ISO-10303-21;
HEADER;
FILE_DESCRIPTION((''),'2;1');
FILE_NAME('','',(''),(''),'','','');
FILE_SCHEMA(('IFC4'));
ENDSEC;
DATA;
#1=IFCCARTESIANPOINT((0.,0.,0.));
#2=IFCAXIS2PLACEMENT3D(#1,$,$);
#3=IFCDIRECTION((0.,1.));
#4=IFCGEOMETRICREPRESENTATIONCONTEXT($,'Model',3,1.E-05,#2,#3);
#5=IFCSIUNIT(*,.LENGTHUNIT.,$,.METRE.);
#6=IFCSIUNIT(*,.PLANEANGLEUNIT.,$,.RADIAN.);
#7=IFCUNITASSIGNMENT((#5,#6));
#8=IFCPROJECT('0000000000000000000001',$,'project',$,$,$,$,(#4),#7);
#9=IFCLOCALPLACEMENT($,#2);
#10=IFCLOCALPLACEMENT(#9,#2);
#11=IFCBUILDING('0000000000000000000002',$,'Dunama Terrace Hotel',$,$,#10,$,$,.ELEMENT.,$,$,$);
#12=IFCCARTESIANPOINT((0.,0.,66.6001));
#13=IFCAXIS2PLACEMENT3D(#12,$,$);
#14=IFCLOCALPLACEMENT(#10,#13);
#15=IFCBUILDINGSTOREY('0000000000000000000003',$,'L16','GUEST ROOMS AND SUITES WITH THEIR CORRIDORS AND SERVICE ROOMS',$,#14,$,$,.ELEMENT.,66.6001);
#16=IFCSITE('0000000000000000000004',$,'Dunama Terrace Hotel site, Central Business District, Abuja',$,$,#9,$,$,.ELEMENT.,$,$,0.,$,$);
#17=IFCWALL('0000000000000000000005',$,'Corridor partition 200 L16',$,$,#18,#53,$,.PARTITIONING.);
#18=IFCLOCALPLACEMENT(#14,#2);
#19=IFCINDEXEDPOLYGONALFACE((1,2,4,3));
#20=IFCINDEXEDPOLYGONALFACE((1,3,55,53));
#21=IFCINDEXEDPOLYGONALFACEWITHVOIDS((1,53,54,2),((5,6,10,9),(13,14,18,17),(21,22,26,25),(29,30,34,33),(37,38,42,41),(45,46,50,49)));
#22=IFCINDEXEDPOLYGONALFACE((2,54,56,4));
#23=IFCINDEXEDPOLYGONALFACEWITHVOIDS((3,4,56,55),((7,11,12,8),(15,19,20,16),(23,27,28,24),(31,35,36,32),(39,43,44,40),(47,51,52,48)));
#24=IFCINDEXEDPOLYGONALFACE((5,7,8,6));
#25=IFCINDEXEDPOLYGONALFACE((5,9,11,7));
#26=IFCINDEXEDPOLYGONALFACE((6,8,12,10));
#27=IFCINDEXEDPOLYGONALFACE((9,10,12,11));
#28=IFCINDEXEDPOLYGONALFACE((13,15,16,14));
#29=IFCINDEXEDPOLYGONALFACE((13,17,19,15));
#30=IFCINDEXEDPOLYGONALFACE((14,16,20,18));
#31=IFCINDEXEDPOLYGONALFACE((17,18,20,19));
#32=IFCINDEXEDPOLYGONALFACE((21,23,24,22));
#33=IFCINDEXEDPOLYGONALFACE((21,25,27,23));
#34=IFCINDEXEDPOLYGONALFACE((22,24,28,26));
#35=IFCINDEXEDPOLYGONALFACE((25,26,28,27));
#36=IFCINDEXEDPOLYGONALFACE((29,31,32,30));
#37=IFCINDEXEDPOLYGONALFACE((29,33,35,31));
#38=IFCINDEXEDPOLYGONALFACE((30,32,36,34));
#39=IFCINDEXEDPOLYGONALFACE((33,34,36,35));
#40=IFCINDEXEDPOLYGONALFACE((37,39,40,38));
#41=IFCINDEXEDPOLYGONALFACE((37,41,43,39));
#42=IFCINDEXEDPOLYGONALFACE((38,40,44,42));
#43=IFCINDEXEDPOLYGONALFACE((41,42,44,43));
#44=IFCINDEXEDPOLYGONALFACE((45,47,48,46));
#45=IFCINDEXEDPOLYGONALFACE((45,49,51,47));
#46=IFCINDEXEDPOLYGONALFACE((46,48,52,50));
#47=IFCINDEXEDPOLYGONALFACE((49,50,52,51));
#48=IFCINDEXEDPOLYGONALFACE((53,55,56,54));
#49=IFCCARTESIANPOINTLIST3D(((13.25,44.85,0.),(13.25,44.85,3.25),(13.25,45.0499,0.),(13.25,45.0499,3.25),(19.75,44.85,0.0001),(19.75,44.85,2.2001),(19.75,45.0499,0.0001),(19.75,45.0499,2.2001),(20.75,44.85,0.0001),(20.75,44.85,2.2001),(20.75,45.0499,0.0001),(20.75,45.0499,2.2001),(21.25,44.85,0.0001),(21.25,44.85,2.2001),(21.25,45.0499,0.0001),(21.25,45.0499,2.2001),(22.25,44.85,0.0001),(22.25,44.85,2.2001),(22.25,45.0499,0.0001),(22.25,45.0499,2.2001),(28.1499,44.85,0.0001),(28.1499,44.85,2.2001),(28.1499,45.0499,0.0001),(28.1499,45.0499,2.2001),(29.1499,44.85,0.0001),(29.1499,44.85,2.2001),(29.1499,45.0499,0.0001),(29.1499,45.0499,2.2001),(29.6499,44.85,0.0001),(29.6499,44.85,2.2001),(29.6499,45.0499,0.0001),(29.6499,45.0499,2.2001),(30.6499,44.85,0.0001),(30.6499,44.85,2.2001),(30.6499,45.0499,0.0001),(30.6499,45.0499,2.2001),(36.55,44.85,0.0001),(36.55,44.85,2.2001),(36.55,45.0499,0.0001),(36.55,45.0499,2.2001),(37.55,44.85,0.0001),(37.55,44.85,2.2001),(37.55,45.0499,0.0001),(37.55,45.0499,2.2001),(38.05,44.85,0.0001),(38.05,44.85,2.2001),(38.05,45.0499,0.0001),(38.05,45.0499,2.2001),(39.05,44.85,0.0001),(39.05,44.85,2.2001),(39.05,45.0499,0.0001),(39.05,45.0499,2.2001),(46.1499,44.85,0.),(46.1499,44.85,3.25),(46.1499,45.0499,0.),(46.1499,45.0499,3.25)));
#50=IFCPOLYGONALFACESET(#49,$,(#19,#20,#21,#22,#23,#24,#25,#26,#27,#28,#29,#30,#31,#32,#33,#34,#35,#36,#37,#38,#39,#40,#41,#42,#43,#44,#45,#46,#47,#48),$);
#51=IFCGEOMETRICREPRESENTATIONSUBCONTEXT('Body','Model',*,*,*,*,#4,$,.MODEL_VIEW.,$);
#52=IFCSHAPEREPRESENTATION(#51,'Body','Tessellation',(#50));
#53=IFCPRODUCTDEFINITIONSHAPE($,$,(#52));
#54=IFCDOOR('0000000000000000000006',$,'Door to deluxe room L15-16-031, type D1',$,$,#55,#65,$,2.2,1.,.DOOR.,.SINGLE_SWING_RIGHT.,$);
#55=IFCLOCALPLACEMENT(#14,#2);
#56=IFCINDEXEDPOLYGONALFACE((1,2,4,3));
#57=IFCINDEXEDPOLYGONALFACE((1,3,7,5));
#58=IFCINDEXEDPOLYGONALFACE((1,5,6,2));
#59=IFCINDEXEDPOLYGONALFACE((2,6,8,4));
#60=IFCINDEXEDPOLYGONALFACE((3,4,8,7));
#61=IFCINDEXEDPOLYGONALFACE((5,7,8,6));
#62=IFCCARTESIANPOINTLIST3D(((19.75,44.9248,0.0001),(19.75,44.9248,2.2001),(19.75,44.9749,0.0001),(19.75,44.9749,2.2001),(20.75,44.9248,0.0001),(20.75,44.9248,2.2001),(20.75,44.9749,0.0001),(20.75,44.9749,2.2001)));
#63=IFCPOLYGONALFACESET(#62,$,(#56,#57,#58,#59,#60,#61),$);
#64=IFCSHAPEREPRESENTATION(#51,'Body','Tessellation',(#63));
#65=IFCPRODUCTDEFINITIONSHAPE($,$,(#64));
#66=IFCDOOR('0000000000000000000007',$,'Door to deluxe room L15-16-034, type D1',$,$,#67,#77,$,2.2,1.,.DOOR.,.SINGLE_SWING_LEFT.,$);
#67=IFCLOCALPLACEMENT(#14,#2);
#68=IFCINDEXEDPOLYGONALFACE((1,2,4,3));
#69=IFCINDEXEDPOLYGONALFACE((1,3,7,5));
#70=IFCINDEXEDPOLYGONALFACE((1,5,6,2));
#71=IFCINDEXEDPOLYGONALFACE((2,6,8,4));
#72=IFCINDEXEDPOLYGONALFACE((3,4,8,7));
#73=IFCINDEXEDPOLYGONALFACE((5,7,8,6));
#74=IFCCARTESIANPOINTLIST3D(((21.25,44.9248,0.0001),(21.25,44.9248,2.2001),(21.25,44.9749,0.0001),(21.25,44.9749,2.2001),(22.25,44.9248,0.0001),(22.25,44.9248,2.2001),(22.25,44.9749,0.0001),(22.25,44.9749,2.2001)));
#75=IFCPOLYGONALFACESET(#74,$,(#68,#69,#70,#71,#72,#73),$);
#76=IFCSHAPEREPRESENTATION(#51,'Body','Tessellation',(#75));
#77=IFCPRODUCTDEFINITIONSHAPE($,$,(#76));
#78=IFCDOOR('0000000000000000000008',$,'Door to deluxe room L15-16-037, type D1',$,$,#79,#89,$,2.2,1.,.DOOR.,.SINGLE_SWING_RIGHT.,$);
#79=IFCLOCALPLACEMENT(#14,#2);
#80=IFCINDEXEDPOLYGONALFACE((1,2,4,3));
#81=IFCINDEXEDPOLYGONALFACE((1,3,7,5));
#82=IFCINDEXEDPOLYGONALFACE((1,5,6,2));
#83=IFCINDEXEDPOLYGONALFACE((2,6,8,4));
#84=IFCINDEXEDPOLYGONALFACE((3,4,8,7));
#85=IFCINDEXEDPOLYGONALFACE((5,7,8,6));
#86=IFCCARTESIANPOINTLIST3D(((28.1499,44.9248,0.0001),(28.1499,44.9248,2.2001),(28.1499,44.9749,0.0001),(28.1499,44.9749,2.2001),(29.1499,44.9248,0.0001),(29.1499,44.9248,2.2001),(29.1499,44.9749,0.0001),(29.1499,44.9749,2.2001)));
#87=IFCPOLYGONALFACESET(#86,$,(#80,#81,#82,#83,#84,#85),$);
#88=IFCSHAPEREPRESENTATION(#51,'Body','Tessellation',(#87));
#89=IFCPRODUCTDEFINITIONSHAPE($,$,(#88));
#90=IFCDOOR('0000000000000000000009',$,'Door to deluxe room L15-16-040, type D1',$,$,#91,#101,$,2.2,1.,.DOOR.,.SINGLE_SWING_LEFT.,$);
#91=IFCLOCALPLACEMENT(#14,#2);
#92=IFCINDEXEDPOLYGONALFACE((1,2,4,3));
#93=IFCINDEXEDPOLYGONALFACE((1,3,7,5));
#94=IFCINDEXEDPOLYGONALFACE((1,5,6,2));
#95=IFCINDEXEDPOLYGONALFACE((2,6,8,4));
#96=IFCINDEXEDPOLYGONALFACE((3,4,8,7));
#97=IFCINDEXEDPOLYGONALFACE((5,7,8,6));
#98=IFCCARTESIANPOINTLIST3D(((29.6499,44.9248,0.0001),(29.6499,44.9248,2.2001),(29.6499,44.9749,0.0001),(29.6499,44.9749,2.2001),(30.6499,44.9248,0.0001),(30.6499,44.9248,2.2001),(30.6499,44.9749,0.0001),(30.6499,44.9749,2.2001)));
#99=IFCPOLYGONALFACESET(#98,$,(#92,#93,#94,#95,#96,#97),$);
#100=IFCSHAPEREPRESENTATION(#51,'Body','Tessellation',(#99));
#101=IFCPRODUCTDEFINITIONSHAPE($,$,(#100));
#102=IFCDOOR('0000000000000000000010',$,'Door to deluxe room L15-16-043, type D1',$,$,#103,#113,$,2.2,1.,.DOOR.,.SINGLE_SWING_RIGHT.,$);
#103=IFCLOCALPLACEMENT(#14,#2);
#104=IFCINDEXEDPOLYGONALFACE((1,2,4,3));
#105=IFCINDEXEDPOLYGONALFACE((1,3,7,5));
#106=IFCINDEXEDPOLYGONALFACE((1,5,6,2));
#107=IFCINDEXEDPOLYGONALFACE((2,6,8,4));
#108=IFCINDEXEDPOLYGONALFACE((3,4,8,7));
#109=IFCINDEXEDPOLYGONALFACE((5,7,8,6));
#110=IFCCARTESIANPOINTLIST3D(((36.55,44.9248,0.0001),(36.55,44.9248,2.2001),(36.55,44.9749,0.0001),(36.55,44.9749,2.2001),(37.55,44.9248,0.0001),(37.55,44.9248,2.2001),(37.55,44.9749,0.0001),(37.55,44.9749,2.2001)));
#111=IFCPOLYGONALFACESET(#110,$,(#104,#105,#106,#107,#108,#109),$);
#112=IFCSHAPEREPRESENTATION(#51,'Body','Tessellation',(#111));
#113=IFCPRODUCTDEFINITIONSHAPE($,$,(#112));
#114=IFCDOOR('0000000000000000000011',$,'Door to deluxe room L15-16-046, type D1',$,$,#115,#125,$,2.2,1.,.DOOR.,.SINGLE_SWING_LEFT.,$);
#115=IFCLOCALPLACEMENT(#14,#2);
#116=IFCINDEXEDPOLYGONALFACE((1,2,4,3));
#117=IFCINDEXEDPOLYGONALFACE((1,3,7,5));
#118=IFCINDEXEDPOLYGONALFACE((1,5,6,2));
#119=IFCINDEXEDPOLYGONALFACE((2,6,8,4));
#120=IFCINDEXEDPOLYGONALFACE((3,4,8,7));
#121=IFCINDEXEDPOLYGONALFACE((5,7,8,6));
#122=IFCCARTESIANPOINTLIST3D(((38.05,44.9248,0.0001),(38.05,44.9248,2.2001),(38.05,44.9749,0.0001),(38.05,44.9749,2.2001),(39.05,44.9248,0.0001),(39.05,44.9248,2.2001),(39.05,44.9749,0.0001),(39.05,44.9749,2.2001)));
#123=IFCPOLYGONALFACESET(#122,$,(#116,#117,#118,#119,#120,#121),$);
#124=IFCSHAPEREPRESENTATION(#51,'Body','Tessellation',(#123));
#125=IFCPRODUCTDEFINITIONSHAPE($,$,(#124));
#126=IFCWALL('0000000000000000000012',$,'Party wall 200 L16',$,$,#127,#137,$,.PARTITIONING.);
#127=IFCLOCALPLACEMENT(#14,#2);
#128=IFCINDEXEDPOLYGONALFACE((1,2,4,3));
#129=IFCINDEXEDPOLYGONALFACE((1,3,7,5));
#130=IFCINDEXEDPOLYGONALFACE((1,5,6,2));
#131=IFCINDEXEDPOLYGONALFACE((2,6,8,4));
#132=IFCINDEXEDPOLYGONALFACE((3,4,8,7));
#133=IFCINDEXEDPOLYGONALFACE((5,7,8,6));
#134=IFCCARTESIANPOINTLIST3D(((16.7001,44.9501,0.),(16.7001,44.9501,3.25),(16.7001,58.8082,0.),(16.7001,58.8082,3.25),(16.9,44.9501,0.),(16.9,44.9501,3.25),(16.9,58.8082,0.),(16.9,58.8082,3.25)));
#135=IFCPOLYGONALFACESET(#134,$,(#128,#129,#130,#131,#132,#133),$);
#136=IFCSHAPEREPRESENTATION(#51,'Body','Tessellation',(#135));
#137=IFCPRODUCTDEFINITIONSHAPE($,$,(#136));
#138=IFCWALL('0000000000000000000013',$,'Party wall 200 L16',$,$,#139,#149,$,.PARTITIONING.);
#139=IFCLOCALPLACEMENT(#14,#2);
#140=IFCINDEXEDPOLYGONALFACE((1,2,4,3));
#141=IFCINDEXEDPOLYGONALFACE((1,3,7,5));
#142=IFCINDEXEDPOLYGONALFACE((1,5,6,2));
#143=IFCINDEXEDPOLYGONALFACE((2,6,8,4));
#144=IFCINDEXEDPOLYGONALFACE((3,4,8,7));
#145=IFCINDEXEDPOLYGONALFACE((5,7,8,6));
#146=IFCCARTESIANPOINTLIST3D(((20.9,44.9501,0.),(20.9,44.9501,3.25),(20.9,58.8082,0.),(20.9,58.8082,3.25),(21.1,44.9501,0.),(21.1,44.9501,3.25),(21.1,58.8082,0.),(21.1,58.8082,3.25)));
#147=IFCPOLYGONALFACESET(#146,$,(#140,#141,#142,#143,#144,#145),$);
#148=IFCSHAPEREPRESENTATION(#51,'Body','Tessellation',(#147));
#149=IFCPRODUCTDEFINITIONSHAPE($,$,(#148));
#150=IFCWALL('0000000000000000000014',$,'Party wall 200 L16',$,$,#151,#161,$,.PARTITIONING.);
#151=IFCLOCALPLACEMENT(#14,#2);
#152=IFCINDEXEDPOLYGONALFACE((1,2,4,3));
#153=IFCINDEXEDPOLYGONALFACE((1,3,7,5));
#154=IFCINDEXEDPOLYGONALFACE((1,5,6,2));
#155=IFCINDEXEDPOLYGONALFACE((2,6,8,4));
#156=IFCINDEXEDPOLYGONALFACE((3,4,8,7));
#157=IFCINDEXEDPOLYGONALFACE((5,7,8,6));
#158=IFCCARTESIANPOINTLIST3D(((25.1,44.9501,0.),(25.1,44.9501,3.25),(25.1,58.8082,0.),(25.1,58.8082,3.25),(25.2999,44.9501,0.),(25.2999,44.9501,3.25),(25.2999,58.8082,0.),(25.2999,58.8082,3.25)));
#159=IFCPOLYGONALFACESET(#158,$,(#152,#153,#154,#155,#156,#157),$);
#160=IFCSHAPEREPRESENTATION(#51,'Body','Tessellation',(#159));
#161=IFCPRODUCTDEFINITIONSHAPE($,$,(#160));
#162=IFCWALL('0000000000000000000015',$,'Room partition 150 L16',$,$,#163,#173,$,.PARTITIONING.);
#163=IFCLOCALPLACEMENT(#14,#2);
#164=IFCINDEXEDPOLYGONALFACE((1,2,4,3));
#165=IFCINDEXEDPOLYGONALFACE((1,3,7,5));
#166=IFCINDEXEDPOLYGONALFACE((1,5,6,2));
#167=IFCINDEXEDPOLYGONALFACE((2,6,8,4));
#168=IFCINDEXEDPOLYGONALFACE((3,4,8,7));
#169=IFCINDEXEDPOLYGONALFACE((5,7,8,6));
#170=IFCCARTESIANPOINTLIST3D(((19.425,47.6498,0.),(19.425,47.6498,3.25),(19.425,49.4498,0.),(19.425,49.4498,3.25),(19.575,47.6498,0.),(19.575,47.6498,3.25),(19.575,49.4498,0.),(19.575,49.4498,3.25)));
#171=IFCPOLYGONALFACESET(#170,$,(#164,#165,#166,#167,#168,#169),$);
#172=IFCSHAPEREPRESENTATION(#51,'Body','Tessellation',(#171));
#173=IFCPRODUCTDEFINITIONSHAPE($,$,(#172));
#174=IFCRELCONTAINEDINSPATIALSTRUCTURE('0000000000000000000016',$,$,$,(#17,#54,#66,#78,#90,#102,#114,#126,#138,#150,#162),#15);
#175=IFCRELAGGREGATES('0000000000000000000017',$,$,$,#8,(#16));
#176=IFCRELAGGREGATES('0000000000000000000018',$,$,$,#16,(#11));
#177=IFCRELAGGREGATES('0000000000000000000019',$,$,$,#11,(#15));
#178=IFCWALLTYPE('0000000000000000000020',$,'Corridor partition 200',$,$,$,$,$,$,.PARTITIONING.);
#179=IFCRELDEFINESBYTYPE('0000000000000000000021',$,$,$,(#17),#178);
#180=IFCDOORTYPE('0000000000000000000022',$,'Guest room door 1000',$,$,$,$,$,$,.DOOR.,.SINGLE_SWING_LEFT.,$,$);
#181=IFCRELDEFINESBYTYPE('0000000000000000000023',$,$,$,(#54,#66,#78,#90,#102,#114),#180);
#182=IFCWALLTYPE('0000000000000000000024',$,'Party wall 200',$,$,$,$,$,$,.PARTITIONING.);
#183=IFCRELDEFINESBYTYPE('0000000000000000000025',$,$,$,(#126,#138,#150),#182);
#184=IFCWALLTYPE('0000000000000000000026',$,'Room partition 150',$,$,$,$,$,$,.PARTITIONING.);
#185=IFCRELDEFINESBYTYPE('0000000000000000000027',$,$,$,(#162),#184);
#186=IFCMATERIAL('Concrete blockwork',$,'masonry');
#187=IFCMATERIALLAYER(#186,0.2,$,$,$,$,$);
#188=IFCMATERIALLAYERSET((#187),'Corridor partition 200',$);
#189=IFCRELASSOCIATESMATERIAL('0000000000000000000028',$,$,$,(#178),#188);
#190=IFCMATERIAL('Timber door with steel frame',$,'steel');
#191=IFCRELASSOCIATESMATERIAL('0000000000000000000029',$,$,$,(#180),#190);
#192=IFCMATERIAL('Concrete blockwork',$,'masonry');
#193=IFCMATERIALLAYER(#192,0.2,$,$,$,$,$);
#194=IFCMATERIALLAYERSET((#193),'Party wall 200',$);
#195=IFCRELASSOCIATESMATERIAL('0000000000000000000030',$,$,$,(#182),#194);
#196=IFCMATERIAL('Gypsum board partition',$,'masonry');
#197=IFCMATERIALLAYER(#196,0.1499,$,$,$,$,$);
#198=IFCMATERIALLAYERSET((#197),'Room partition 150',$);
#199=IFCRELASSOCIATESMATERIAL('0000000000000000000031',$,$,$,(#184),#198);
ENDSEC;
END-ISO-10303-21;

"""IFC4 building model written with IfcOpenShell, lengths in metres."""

from ifc_helpers import new_model, si_unit, direction, frame, frame_2d, origin, place, context, subcontext, project, spatial, rectangle, extrude, material, layer, layer_set, type_object, element, fill, save


model = new_model("IFC4")

# Units and contexts
model_context = context("Model", 3, precision=1e-05, world=origin(), true_north=direction((0.0, 1.0)))
body_context = subcontext(model_context, "Body", "Model", "MODEL_VIEW")
ifc_project = project(units=[si_unit("LENGTHUNIT", "METRE"), si_unit("PLANEANGLEUNIT", "RADIAN")], contexts=[model_context])

# Site, building, storey
site_placement = place(None, origin())
site = spatial("IfcSite", under=ifc_project, at=site_placement, Name="Dunama Terrace Hotel site, Central Business District, Abuja", CompositionType="ELEMENT", RefElevation=0.0)
building_placement = place(site_placement, origin())
building = spatial("IfcBuilding", under=site, at=building_placement, Name="Dunama Terrace Hotel", CompositionType="ELEMENT")
storey_placement = place(building_placement, frame((0.0, 0.0, 66.6001)))
storey = spatial("IfcBuildingStorey", under=building, at=storey_placement, Name="L16", Description="GUEST ROOMS AND SUITES WITH THEIR CORRIDORS AND SERVICE ROOMS", CompositionType="ELEMENT", Elevation=66.6001)

# Wall, openings, doors
ifc_material_1 = material(Name="Concrete blockwork", Category="masonry")
ifc_layer_1 = layer(ifc_material_1, 0.2)
ifc_layer_set_1 = layer_set([ifc_layer_1], Name="Corridor partition 200")
wall_type_1 = type_object("IfcWallType", Name="Corridor partition 200", PredefinedType="PARTITIONING", material=ifc_layer_set_1)
wall_1_placement = place(storey_placement, frame((13.25, 44.95, 0.0), z_axis=(0.0, 0.0, 1.0), x_axis=(1.0, 0.0, 0.0)))
wall_1 = element("IfcWall", 1, at=wall_1_placement, inside=storey, type_object=wall_type_1, Name="Corridor partition 200 L16", PredefinedType="PARTITIONING", context=body_context, shape_type="SweptSolid", body=[
    extrude(rectangle(XDim=32.8999, YDim=0.2, at=frame_2d((16.45, 0.0))), origin(), (0.0, 0.0, 1.0), 3.25),
])
opening_1_placement = place(wall_1_placement, frame((6.5, 0.0, 0.0)))
opening_1 = element("IfcOpeningElement", 2, at=opening_1_placement, cuts=wall_1, PredefinedType="OPENING", context=body_context, shape_type="SweptSolid", body=[
    extrude(rectangle(XDim=1.0, YDim=2.2, at=frame_2d((0.5, 1.1001))), frame((0.0, 0.1099, 0.0), z_axis=(0.0, -1.0, 0.0), x_axis=(1.0, 0.0, 0.0)), (0.0, 0.0, 1.0), 0.22),
])
opening_2_placement = place(wall_1_placement, frame((8.0, 0.0, 0.0)))
opening_2 = element("IfcOpeningElement", 3, at=opening_2_placement, cuts=wall_1, PredefinedType="OPENING", context=body_context, shape_type="SweptSolid", body=[
    extrude(rectangle(XDim=1.0, YDim=2.2, at=frame_2d((0.5, 1.1001))), frame((0.0, 0.1099, 0.0), z_axis=(0.0, -1.0, 0.0), x_axis=(1.0, 0.0, 0.0)), (0.0, 0.0, 1.0), 0.22),
])
opening_3_placement = place(wall_1_placement, frame((14.8999, 0.0, 0.0)))
opening_3 = element("IfcOpeningElement", 4, at=opening_3_placement, cuts=wall_1, PredefinedType="OPENING", context=body_context, shape_type="SweptSolid", body=[
    extrude(rectangle(XDim=1.0, YDim=2.2, at=frame_2d((0.5, 1.1001))), frame((0.0, 0.1099, 0.0), z_axis=(0.0, -1.0, 0.0), x_axis=(1.0, 0.0, 0.0)), (0.0, 0.0, 1.0), 0.22),
])
opening_4_placement = place(wall_1_placement, frame((16.3999, 0.0, 0.0)))
opening_4 = element("IfcOpeningElement", 5, at=opening_4_placement, cuts=wall_1, PredefinedType="OPENING", context=body_context, shape_type="SweptSolid", body=[
    extrude(rectangle(XDim=1.0, YDim=2.2, at=frame_2d((0.5, 1.1001))), frame((0.0, 0.1099, 0.0), z_axis=(0.0, -1.0, 0.0), x_axis=(1.0, 0.0, 0.0)), (0.0, 0.0, 1.0), 0.22),
])
opening_5_placement = place(wall_1_placement, frame((23.3, 0.0, 0.0)))
opening_5 = element("IfcOpeningElement", 6, at=opening_5_placement, cuts=wall_1, PredefinedType="OPENING", context=body_context, shape_type="SweptSolid", body=[
    extrude(rectangle(XDim=1.0, YDim=2.2, at=frame_2d((0.5, 1.1001))), frame((0.0, 0.1099, 0.0), z_axis=(0.0, -1.0, 0.0), x_axis=(1.0, 0.0, 0.0)), (0.0, 0.0, 1.0), 0.22),
])
opening_6_placement = place(wall_1_placement, frame((24.8, 0.0, 0.0)))
opening_6 = element("IfcOpeningElement", 7, at=opening_6_placement, cuts=wall_1, PredefinedType="OPENING", context=body_context, shape_type="SweptSolid", body=[
    extrude(rectangle(XDim=1.0, YDim=2.2, at=frame_2d((0.5, 1.1001))), frame((0.0, 0.1099, 0.0), z_axis=(0.0, -1.0, 0.0), x_axis=(1.0, 0.0, 0.0)), (0.0, 0.0, 1.0), 0.22),
])
ifc_material_2 = material(Name="Timber door with steel frame", Category="steel")
door_type_1 = type_object("IfcDoorType", Name="Guest room door 1000", OperationType="SINGLE_SWING_LEFT", PredefinedType="DOOR", material=ifc_material_2)
door_1_placement = place(opening_1_placement, origin())
door_1 = element("IfcDoor", 8, at=door_1_placement, inside=storey, type_object=door_type_1, Name="Door to deluxe room L15-16-031, type D1", OperationType="SINGLE_SWING_RIGHT", OverallHeight=2.2, OverallWidth=1.0, PredefinedType="DOOR", context=body_context, shape_type="SweptSolid", body=[
    extrude(rectangle(XDim=1.0, YDim=2.2, at=frame_2d((0.5, 1.1001))), frame((0.0, 0.0249, 0.0), z_axis=(0.0, -1.0, 0.0), x_axis=(1.0, 0.0, 0.0)), (0.0, 0.0, 1.0), 0.05),
])
fill(opening_1, door_1)
door_2_placement = place(opening_2_placement, origin())
door_2 = element("IfcDoor", 9, at=door_2_placement, inside=storey, type_object=door_type_1, Name="Door to deluxe room L15-16-034, type D1", OperationType="SINGLE_SWING_LEFT", OverallHeight=2.2, OverallWidth=1.0, PredefinedType="DOOR", context=body_context, shape_type="SweptSolid", body=[
    extrude(rectangle(XDim=1.0, YDim=2.2, at=frame_2d((0.5, 1.1001))), frame((0.0, 0.0249, 0.0), z_axis=(0.0, -1.0, 0.0), x_axis=(1.0, 0.0, 0.0)), (0.0, 0.0, 1.0), 0.05),
])
fill(opening_2, door_2)
door_3_placement = place(opening_3_placement, origin())
door_3 = element("IfcDoor", 10, at=door_3_placement, inside=storey, type_object=door_type_1, Name="Door to deluxe room L15-16-037, type D1", OperationType="SINGLE_SWING_RIGHT", OverallHeight=2.2, OverallWidth=1.0, PredefinedType="DOOR", context=body_context, shape_type="SweptSolid", body=[
    extrude(rectangle(XDim=1.0, YDim=2.2, at=frame_2d((0.5, 1.1001))), frame((0.0, 0.0249, 0.0), z_axis=(0.0, -1.0, 0.0), x_axis=(1.0, 0.0, 0.0)), (0.0, 0.0, 1.0), 0.05),
])
fill(opening_3, door_3)
door_4_placement = place(opening_4_placement, origin())
door_4 = element("IfcDoor", 11, at=door_4_placement, inside=storey, type_object=door_type_1, Name="Door to deluxe room L15-16-040, type D1", OperationType="SINGLE_SWING_LEFT", OverallHeight=2.2, OverallWidth=1.0, PredefinedType="DOOR", context=body_context, shape_type="SweptSolid", body=[
    extrude(rectangle(XDim=1.0, YDim=2.2, at=frame_2d((0.5, 1.1001))), frame((0.0, 0.0249, 0.0), z_axis=(0.0, -1.0, 0.0), x_axis=(1.0, 0.0, 0.0)), (0.0, 0.0, 1.0), 0.05),
])
fill(opening_4, door_4)
door_5_placement = place(opening_5_placement, origin())
door_5 = element("IfcDoor", 12, at=door_5_placement, inside=storey, type_object=door_type_1, Name="Door to deluxe room L15-16-043, type D1", OperationType="SINGLE_SWING_RIGHT", OverallHeight=2.2, OverallWidth=1.0, PredefinedType="DOOR", context=body_context, shape_type="SweptSolid", body=[
    extrude(rectangle(XDim=1.0, YDim=2.2, at=frame_2d((0.5, 1.1001))), frame((0.0, 0.0249, 0.0), z_axis=(0.0, -1.0, 0.0), x_axis=(1.0, 0.0, 0.0)), (0.0, 0.0, 1.0), 0.05),
])
fill(opening_5, door_5)
door_6_placement = place(opening_6_placement, origin())
door_6 = element("IfcDoor", 13, at=door_6_placement, inside=storey, type_object=door_type_1, Name="Door to deluxe room L15-16-046, type D1", OperationType="SINGLE_SWING_LEFT", OverallHeight=2.2, OverallWidth=1.0, PredefinedType="DOOR", context=body_context, shape_type="SweptSolid", body=[
    extrude(rectangle(XDim=1.0, YDim=2.2, at=frame_2d((0.5, 1.1001))), frame((0.0, 0.0249, 0.0), z_axis=(0.0, -1.0, 0.0), x_axis=(1.0, 0.0, 0.0)), (0.0, 0.0, 1.0), 0.05),
])
fill(opening_6, door_6)

# Walls
ifc_material_3 = material(Name="Concrete blockwork", Category="masonry")
ifc_layer_2 = layer(ifc_material_3, 0.2)
ifc_layer_set_2 = layer_set([ifc_layer_2], Name="Party wall 200")
wall_type_2 = type_object("IfcWallType", Name="Party wall 200", PredefinedType="PARTITIONING", material=ifc_layer_set_2)
for number, where, z_axis, x_axis, name in (
    (14, (16.8, 44.95, 0.0), (0.0, 0.0, 1.0), (0.0, 1.0, 0.0), "Party wall 200 L16"),
    (15, (21.0, 44.95, 0.0), (0.0, 0.0, 1.0), (0.0, 1.0, 0.0), "Party wall 200 L16"),
    (16, (25.2, 44.95, 0.0), (0.0, 0.0, 1.0), (0.0, 1.0, 0.0), "Party wall 200 L16"),
):
    element("IfcWall", number, at=place(storey_placement, frame(where, z_axis=z_axis, x_axis=x_axis)), inside=storey, type_object=wall_type_2, Name=name, PredefinedType="PARTITIONING", context=body_context, shape_type="SweptSolid", body=[
        extrude(rectangle(XDim=13.8582, YDim=0.2, at=frame_2d((6.9292, 0.0))), origin(), (0.0, 0.0, 1.0), 3.25),
    ])
ifc_material_4 = material(Name="Gypsum board partition", Category="masonry")
ifc_layer_3 = layer(ifc_material_4, 0.1499)
ifc_layer_set_3 = layer_set([ifc_layer_3], Name="Room partition 150")
wall_type_3 = type_object("IfcWallType", Name="Room partition 150", PredefinedType="PARTITIONING", material=ifc_layer_set_3)
for number, where, z_axis, x_axis, name in (
    (17, (19.5, 47.6499, 0.0), (0.0, 0.0, 1.0), (0.0, 1.0, 0.0), "Room partition 150 L16"),
):
    element("IfcWall", number, at=place(storey_placement, frame(where, z_axis=z_axis, x_axis=x_axis)), inside=storey, type_object=wall_type_3, Name=name, PredefinedType="PARTITIONING", context=body_context, shape_type="SweptSolid", body=[
        extrude(rectangle(XDim=1.8, YDim=0.1499, at=frame_2d((0.8999, 0.0))), origin(), (0.0, 0.0, 1.0), 3.25),
    ])

save(model, "model.ifc")
